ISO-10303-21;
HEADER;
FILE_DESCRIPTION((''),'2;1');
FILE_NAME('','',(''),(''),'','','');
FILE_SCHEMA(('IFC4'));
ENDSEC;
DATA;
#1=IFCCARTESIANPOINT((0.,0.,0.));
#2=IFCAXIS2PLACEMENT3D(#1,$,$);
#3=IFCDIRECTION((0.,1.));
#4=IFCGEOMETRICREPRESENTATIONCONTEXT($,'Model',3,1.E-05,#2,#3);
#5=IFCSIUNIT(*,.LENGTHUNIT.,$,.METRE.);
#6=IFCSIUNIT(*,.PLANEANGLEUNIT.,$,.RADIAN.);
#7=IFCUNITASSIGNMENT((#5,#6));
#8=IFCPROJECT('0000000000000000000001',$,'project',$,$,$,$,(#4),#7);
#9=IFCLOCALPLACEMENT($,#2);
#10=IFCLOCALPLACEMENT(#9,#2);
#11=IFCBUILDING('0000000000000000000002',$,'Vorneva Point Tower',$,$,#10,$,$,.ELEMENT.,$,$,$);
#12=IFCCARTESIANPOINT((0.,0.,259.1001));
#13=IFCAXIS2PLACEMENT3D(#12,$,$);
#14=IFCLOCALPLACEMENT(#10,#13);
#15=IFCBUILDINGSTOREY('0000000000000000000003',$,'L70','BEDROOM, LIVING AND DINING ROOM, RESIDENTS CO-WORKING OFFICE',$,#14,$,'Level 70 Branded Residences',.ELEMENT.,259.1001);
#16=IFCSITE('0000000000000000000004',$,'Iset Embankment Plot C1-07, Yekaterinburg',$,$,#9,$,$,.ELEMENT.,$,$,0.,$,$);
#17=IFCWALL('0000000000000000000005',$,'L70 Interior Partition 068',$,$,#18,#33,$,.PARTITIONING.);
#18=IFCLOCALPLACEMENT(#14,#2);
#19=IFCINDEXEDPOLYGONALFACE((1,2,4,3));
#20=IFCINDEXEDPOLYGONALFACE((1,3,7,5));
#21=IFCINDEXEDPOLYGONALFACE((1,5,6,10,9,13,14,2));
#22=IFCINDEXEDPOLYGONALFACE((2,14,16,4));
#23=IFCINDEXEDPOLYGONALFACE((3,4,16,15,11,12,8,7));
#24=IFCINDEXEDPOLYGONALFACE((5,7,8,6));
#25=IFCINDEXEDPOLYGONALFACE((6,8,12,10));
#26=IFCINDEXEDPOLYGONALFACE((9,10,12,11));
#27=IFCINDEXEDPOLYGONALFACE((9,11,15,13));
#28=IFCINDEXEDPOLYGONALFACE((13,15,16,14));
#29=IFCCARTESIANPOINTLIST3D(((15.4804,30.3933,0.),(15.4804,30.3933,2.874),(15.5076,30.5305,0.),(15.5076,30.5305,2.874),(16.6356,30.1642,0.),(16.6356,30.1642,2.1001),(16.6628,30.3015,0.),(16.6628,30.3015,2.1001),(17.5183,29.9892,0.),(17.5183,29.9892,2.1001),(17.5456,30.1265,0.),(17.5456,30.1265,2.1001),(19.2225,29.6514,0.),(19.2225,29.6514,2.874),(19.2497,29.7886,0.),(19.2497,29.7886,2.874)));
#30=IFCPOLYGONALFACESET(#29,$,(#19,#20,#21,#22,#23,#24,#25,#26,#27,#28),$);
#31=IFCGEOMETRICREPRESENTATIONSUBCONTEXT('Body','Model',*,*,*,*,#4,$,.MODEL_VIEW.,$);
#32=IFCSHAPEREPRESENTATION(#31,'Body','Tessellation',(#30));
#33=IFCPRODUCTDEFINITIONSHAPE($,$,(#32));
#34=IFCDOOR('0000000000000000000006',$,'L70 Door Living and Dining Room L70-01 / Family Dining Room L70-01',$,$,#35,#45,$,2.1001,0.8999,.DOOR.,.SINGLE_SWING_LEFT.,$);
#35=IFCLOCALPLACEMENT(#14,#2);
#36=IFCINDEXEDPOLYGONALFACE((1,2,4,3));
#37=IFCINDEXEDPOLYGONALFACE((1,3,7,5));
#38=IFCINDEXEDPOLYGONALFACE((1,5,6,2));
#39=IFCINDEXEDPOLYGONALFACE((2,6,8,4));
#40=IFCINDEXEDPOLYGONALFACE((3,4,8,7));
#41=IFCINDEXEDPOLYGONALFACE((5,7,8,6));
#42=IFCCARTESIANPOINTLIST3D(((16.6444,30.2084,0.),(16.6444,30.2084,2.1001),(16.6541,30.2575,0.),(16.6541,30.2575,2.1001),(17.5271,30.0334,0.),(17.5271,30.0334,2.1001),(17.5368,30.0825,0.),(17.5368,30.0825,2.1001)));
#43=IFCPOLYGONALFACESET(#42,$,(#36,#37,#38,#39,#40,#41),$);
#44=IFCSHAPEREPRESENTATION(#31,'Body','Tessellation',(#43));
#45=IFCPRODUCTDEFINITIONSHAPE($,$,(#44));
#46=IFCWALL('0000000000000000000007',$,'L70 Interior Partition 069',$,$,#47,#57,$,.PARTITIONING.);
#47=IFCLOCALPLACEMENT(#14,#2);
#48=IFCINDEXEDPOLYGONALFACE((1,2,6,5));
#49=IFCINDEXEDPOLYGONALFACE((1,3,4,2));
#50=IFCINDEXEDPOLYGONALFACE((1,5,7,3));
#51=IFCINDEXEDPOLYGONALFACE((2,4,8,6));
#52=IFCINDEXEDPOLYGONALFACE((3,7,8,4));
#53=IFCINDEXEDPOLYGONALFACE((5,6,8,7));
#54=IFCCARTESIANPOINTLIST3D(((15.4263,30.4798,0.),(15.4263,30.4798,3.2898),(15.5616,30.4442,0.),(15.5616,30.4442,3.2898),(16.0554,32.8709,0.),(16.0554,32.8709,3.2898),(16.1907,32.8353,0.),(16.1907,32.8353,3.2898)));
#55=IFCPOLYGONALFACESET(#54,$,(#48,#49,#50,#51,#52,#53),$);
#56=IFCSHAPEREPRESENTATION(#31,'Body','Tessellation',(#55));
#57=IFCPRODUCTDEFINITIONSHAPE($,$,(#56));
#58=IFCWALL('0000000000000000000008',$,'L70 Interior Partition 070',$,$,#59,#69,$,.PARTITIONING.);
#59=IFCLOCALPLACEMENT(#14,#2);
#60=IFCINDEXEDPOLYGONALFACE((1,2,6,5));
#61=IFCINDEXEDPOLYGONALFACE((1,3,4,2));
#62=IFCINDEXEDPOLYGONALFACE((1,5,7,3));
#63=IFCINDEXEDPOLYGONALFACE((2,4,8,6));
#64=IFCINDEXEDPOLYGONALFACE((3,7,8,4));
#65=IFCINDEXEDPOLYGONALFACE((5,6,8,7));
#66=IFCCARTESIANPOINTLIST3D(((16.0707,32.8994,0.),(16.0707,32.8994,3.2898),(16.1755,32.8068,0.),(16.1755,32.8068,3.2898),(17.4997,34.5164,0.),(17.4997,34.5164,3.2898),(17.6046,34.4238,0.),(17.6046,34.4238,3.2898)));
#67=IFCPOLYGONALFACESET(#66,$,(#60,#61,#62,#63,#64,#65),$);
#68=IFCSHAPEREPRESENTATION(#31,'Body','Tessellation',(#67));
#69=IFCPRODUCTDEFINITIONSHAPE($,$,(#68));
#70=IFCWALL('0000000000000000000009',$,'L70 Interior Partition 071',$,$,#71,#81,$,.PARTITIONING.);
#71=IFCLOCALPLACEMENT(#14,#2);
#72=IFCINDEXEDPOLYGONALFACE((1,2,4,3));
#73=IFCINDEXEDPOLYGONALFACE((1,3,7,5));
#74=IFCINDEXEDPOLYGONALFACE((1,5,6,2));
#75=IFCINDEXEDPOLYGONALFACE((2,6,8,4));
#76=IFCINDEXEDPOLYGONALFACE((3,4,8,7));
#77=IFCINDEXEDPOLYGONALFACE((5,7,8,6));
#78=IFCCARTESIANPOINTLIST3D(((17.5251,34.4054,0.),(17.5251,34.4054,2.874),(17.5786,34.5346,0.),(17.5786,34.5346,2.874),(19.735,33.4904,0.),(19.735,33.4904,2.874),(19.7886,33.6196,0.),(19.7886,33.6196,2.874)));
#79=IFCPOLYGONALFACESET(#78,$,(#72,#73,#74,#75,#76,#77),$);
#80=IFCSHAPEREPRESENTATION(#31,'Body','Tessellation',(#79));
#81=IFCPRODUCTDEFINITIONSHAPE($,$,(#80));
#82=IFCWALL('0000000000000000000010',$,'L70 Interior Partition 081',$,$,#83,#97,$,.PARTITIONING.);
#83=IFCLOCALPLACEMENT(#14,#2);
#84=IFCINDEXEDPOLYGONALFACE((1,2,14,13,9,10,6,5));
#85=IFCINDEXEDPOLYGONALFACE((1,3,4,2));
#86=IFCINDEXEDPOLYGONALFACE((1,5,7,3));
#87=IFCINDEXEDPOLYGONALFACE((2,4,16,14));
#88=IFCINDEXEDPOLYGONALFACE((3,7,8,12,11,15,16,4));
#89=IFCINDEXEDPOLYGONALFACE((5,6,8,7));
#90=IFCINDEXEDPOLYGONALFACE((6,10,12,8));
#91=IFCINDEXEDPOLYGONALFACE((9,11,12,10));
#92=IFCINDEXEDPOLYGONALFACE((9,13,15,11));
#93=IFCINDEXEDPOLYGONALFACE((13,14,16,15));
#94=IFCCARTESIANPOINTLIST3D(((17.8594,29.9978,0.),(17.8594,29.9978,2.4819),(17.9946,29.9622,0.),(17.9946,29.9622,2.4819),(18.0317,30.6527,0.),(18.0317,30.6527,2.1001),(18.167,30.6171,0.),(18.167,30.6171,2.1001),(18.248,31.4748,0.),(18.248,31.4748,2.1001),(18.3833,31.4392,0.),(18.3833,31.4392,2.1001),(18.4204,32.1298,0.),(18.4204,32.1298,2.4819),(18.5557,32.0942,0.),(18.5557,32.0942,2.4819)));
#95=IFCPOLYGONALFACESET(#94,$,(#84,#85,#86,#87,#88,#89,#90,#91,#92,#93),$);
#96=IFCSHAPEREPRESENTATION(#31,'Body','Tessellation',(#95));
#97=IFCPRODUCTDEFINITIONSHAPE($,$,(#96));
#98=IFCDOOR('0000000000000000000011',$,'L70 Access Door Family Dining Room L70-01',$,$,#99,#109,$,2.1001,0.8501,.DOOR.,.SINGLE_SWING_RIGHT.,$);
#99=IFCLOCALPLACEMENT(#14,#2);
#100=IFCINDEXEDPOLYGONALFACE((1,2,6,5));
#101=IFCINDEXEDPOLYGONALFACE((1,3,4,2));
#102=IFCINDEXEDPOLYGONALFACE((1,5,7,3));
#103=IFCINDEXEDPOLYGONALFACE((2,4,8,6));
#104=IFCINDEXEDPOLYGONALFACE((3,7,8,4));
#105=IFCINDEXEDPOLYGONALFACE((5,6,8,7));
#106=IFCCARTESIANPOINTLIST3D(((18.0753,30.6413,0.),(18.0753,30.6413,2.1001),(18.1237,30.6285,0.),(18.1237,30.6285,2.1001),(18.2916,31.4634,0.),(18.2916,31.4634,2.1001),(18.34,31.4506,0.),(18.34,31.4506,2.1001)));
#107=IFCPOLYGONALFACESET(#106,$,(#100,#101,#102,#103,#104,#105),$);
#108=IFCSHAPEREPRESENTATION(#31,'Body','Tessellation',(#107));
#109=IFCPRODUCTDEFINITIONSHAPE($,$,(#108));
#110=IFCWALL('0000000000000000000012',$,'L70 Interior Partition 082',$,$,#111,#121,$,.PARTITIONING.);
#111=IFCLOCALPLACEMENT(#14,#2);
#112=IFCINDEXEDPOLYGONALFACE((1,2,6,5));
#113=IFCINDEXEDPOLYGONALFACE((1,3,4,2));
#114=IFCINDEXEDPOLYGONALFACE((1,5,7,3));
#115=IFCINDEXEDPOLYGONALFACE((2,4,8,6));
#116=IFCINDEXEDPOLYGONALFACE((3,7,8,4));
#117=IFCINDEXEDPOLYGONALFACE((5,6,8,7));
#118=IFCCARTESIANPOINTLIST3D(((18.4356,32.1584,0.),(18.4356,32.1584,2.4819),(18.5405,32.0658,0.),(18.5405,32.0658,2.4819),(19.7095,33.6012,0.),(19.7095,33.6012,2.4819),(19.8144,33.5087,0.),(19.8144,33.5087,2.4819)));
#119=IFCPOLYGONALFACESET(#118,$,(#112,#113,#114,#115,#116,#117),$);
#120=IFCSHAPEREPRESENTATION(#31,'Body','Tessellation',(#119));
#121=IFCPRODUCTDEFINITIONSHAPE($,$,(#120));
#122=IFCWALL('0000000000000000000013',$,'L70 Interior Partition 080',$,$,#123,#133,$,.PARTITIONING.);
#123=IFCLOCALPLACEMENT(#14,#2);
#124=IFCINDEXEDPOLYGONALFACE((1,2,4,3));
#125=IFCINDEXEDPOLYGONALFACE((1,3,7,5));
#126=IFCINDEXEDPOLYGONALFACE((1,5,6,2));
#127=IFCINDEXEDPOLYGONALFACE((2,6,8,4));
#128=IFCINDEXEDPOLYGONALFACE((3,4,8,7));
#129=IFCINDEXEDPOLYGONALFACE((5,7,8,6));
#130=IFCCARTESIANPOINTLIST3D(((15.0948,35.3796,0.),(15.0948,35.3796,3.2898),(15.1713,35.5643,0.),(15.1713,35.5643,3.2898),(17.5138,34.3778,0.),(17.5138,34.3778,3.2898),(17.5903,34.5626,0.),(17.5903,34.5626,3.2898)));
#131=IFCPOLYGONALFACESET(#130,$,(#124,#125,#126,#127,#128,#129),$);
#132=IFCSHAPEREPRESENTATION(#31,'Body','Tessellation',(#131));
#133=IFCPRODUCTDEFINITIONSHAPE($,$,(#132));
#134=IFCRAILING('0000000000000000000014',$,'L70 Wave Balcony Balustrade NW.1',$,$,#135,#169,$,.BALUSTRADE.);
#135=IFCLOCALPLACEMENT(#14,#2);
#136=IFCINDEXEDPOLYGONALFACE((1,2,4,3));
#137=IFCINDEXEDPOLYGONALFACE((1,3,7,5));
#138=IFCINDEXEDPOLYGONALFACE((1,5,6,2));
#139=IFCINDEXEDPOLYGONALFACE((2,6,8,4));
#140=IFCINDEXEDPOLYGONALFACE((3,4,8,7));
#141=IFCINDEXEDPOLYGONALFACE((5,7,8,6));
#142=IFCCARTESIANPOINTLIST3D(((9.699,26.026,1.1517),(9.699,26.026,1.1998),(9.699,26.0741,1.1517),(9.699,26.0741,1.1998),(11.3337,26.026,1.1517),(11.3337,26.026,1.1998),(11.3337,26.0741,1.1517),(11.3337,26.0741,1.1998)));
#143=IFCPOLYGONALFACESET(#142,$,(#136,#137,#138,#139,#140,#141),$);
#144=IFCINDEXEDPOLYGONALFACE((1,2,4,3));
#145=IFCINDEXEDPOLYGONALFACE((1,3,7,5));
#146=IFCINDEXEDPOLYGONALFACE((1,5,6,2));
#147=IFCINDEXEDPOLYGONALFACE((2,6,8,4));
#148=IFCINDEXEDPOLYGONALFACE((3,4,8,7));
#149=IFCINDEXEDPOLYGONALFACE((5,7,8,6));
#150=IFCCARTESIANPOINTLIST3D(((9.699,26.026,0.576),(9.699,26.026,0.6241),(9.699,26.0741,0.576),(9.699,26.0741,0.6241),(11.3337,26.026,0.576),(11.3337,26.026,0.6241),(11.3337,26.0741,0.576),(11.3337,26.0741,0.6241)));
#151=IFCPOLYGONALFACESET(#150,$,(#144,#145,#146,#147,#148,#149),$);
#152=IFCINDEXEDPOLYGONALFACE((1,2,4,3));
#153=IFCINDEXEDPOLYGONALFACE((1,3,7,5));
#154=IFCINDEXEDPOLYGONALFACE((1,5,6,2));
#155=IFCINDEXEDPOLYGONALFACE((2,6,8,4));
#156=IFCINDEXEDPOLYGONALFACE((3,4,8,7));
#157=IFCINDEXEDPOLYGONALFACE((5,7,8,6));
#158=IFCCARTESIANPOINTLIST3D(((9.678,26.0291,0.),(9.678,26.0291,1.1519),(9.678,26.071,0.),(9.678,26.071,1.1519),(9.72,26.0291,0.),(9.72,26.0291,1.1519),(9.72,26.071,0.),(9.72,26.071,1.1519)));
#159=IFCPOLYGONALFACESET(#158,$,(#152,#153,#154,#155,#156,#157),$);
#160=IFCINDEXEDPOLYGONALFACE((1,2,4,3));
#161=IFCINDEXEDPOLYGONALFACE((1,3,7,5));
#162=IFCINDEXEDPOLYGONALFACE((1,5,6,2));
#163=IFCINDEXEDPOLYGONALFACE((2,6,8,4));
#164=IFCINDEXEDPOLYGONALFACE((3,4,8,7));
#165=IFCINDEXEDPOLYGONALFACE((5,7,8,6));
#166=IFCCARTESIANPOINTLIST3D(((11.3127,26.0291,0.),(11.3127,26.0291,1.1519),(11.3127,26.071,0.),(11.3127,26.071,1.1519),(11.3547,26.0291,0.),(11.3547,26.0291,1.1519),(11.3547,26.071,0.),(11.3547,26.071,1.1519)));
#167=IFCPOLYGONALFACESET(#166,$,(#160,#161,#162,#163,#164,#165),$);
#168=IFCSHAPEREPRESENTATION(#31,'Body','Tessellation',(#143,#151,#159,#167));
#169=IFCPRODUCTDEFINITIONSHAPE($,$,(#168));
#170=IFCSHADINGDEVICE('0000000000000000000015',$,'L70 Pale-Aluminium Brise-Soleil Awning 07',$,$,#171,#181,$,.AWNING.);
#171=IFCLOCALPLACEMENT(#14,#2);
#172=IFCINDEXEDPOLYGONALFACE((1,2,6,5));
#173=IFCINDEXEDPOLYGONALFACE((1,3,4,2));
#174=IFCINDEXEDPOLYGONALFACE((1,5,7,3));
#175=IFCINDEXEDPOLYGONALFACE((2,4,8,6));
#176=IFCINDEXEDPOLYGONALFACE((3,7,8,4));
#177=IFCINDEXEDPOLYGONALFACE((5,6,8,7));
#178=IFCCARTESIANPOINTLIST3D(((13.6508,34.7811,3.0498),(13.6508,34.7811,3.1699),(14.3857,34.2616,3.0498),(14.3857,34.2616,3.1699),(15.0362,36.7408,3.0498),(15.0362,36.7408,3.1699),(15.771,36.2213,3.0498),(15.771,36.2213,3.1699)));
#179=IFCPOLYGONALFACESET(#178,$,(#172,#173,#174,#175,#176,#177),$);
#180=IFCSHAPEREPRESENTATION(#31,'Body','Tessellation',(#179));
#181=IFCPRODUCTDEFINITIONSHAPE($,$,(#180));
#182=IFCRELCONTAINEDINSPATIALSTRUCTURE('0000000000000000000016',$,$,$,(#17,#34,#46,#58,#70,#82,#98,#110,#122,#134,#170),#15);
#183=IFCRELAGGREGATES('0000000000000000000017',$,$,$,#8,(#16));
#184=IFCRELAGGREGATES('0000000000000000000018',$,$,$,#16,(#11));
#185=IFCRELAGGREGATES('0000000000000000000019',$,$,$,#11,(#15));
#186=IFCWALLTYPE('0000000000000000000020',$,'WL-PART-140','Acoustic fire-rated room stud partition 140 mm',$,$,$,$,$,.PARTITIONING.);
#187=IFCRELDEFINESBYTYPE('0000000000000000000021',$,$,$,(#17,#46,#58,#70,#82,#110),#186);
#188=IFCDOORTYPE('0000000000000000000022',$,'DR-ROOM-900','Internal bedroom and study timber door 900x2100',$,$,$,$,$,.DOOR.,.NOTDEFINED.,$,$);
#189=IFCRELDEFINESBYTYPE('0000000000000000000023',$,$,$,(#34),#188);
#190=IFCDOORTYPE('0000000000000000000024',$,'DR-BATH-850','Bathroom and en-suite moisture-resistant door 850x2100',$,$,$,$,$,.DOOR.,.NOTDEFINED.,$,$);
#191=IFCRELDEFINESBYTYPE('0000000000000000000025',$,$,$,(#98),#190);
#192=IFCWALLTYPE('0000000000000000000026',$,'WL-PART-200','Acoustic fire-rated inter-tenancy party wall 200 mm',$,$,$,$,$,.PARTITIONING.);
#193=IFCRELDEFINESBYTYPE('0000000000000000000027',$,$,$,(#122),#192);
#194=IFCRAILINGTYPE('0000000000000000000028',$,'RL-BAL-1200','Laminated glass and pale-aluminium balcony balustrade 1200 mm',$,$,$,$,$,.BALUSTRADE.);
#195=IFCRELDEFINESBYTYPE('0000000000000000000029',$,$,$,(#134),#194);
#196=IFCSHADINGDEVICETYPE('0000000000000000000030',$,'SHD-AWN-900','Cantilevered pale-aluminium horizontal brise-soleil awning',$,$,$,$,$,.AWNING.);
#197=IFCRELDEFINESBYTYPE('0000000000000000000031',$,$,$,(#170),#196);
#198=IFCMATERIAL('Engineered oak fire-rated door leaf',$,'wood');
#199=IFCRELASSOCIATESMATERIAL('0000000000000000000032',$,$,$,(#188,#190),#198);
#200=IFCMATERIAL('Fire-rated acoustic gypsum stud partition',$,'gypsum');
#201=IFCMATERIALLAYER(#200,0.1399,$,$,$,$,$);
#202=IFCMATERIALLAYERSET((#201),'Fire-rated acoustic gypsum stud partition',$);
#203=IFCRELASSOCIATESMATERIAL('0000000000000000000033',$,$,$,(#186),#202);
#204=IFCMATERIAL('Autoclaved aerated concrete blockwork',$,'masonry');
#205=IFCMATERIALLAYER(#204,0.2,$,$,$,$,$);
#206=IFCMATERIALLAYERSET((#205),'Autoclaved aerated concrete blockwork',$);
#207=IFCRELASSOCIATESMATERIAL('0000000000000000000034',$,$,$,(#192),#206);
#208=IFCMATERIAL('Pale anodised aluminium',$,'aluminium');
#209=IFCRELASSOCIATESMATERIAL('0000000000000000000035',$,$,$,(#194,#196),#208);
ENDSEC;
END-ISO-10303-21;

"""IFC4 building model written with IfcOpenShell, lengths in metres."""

from ifc_helpers import new_model, si_unit, direction, frame, frame_2d, origin, origin_2d, place, context, subcontext, project, spatial, rectangle, extrude, material, layer, layer_set, type_object, element, fill, save


model = new_model("IFC4")

# Units and contexts
model_context = context("Model", 3, precision=1e-05, world=origin(), true_north=direction((0.0, 1.0)))
body_context = subcontext(model_context, "Body", "Model", "MODEL_VIEW")
ifc_project = project(units=[si_unit("LENGTHUNIT", "METRE"), si_unit("PLANEANGLEUNIT", "RADIAN")], contexts=[model_context])

# Site, building, storey
site_placement = place(None, origin())
site = spatial("IfcSite", under=ifc_project, at=site_placement, Name="Iset Embankment Plot C1-07, Yekaterinburg", CompositionType="ELEMENT", RefElevation=0.0)
building_placement = place(site_placement, origin())
building = spatial("IfcBuilding", under=site, at=building_placement, Name="Vorneva Point Tower", CompositionType="ELEMENT")
storey_placement = place(building_placement, frame((0.0, 0.0, 259.1001)))
storey = spatial("IfcBuildingStorey", under=building, at=storey_placement, Name="L70", Description="BEDROOM, LIVING AND DINING ROOM, RESIDENTS CO-WORKING OFFICE", LongName="Level 70 Branded Residences", CompositionType="ELEMENT", Elevation=259.1001)

# Shared definitions
ifc_material_1 = material(Name="Pale anodised aluminium", Category="aluminium")

# Shared definitions
ifc_material_2 = material(Name="Fire-rated acoustic gypsum stud partition", Category="gypsum")

# Shared definitions
ifc_material_3 = material(Name="Engineered oak fire-rated door leaf", Category="wood")
door_type_1 = type_object("IfcDoorType", Name="DR-ROOM-900", Description="Internal bedroom and study timber door 900x2100", OperationType="NOTDEFINED", PredefinedType="DOOR", material=ifc_material_3)

# Wall, opening, door
ifc_layer_1 = layer(ifc_material_2, 0.1399)
ifc_layer_set_1 = layer_set([ifc_layer_1], Name="Fire-rated acoustic gypsum stud partition")
wall_type_1 = type_object("IfcWallType", Name="WL-PART-140", Description="Acoustic fire-rated room stud partition 140 mm", PredefinedType="PARTITIONING", material=ifc_layer_set_1)
wall_1_placement = place(storey_placement, frame((19.2361, 29.72, 0.0), z_axis=(0.0, 0.0, 1.0), x_axis=(-0.980907, 0.194479, 0.0)))
wall_1 = element("IfcWall", 1, at=wall_1_placement, inside=storey, type_object=wall_type_1, Name="L70 Interior Partition 068", PredefinedType="PARTITIONING", context=body_context, shape_type="SweptSolid", body=[
    extrude(rectangle(XDim=3.8149, YDim=0.1399, at=frame_2d((1.9075, 0.0))), origin(), (0.0, 0.0, 1.0), 2.874),
])
opening_1_placement = place(wall_1_placement, frame((1.7373, 0.0, 0.0)))
opening_1 = element("IfcOpeningElement", 2, at=opening_1_placement, cuts=wall_1, PredefinedType="OPENING", context=body_context, shape_type="SweptSolid", body=[
    extrude(rectangle(XDim=0.8999, YDim=2.1001, at=frame_2d((0.45, 1.05))), frame((0.0, 0.085, 0.0), z_axis=(0.0, -1.0, 0.0), x_axis=(1.0, 0.0, 0.0)), (0.0, 0.0, 1.0), 0.1697),
])
door_1_placement = place(opening_1_placement, origin())
door_1 = element("IfcDoor", 3, at=door_1_placement, inside=storey, type_object=door_type_1, Name="L70 Door Living and Dining Room L70-01 / Family Dining Room L70-01", OperationType="SINGLE_SWING_LEFT", OverallHeight=2.1001, OverallWidth=0.8999, PredefinedType="DOOR", context=body_context, shape_type="SweptSolid", body=[
    extrude(rectangle(XDim=0.8999, YDim=2.1001, at=frame_2d((0.45, 1.05))), frame((0.0, 0.0249, 0.0), z_axis=(0.0, -1.0, 0.0), x_axis=(1.0, 0.0, 0.0)), (0.0, 0.0, 1.0), 0.05),
])
fill(opening_1, door_1)

# Walls
wall_2_placement = place(storey_placement, frame((15.4939, 30.4619, 0.0), z_axis=(0.0, 0.0, 1.0), x_axis=(0.254459, 0.967083, 0.0)))
element("IfcWall", 4, at=wall_2_placement, inside=storey, type_object=wall_type_1, Name="L70 Interior Partition 069", PredefinedType="PARTITIONING", context=body_context, shape_type="SweptSolid", body=[
    extrude(rectangle(XDim=2.4724, YDim=0.1399, at=frame_2d((1.2363, 0.0))), origin(), (0.0, 0.0, 1.0), 3.2898),
])
wall_3_placement = place(storey_placement, frame((16.123, 32.853, 0.0), z_axis=(0.0, 0.0, 1.0), x_axis=(0.662205, 0.749323, 0.0)))
element("IfcWall", 5, at=wall_3_placement, inside=storey, type_object=wall_type_1, Name="L70 Interior Partition 070", PredefinedType="PARTITIONING", context=body_context, shape_type="SweptSolid", body=[
    extrude(rectangle(XDim=2.158, YDim=0.1399, at=frame_2d((1.0791, 0.0))), origin(), (0.0, 0.0, 1.0), 3.2898),
])
wall_4_placement = place(storey_placement, frame((17.552, 34.47, 0.0), z_axis=(0.0, 0.0, 1.0), x_axis=(0.923932, -0.382556, 0.0)))
element("IfcWall", 6, at=wall_4_placement, inside=storey, type_object=wall_type_1, Name="L70 Interior Partition 071", PredefinedType="PARTITIONING", context=body_context, shape_type="SweptSolid", body=[
    extrude(rectangle(XDim=2.3918, YDim=0.1399, at=frame_2d((1.1958, 0.0))), origin(), (0.0, 0.0, 1.0), 2.874),
])

# Wall, opening, door
wall_5_placement = place(storey_placement, frame((17.927, 29.98, 0.0), z_axis=(0.0, 0.0, 1.0), x_axis=(0.254477, 0.967079, 0.0)))
wall_5 = element("IfcWall", 7, at=wall_5_placement, inside=storey, type_object=wall_type_1, Name="L70 Interior Partition 081", PredefinedType="PARTITIONING", context=body_context, shape_type="SweptSolid", body=[
    extrude(rectangle(XDim=2.2046, YDim=0.1399, at=frame_2d((1.1023, 0.0))), origin(), (0.0, 0.0, 1.0), 2.4819),
])
opening_2_placement = place(wall_5_placement, frame((0.6772, 0.0, 0.0)))
opening_2 = element("IfcOpeningElement", 8, at=opening_2_placement, cuts=wall_5, PredefinedType="OPENING", context=body_context, shape_type="SweptSolid", body=[
    extrude(rectangle(XDim=0.8501, YDim=2.1001, at=frame_2d((0.425, 1.05))), frame((0.0, 0.085, 0.0), z_axis=(0.0, -1.0, 0.0), x_axis=(1.0, 0.0, 0.0)), (0.0, 0.0, 1.0), 0.1697),
])
door_type_2 = type_object("IfcDoorType", Name="DR-BATH-850", Description="Bathroom and en-suite moisture-resistant door 850x2100", OperationType="NOTDEFINED", PredefinedType="DOOR", material=ifc_material_3)
door_2_placement = place(opening_2_placement, origin())
door_2 = element("IfcDoor", 9, at=door_2_placement, inside=storey, type_object=door_type_2, Name="L70 Access Door Family Dining Room L70-01", OperationType="SINGLE_SWING_RIGHT", OverallHeight=2.1001, OverallWidth=0.8501, PredefinedType="DOOR", context=body_context, shape_type="SweptSolid", body=[
    extrude(rectangle(XDim=0.8501, YDim=2.1001, at=frame_2d((0.425, 1.05))), frame((0.0, 0.0249, 0.0), z_axis=(0.0, -1.0, 0.0), x_axis=(1.0, 0.0, 0.0)), (0.0, 0.0, 1.0), 0.05),
])
fill(opening_2, door_2)

# Walls
wall_6_placement = place(storey_placement, frame((18.488, 32.1121, 0.0), z_axis=(0.0, 0.0, 1.0), x_axis=(0.661857, 0.749631, 0.0)))
element("IfcWall", 10, at=wall_6_placement, inside=storey, type_object=wall_type_1, Name="L70 Interior Partition 082", PredefinedType="PARTITIONING", context=body_context, shape_type="SweptSolid", body=[
    extrude(rectangle(XDim=1.9248, YDim=0.1399, at=frame_2d((0.9624, 0.0))), origin(), (0.0, 0.0, 1.0), 2.4819),
])
ifc_material_4 = material(Name="Autoclaved aerated concrete blockwork", Category="masonry")
ifc_layer_2 = layer(ifc_material_4, 0.2)
ifc_layer_set_2 = layer_set([ifc_layer_2], Name="Autoclaved aerated concrete blockwork")
wall_type_2 = type_object("IfcWallType", Name="WL-PART-200", Description="Acoustic fire-rated inter-tenancy party wall 200 mm", PredefinedType="PARTITIONING", material=ifc_layer_set_2)
wall_7_placement = place(storey_placement, frame((17.552, 34.4702, 0.0), z_axis=(0.0, 0.0, 1.0), x_axis=(-0.923913, 0.382602, 0.0)))
element("IfcWall", 11, at=wall_7_placement, inside=storey, type_object=wall_type_2, Name="L70 Interior Partition 080", PredefinedType="PARTITIONING", context=body_context, shape_type="SweptSolid", body=[
    extrude(rectangle(XDim=2.6182, YDim=0.2, at=frame_2d((1.3091, 0.0))), origin(), (0.0, 0.0, 1.0), 3.2898),
])

# Railing
railing_type = type_object("IfcRailingType", Name="RL-BAL-1200", Description="Laminated glass and pale-aluminium balcony balustrade 1200 mm", PredefinedType="BALUSTRADE", material=ifc_material_1)
railing_placement = place(storey_placement, frame((9.699, 26.05, 0.0)))
element("IfcRailing", 12, at=railing_placement, inside=storey, type_object=railing_type, Name="L70 Wave Balcony Balustrade NW.1", PredefinedType="BALUSTRADE", context=body_context, shape_type="SweptSolid", body=[
    extrude(rectangle(XDim=0.0481, YDim=0.0481, at=origin_2d()), frame((0.0, 0.0, 1.1758), z_axis=(1.0, 0.0, 0.0), x_axis=(0.0, 1.0, 0.0)), (0.0, 0.0, 1.0), 1.6348),
    extrude(rectangle(XDim=0.0481, YDim=0.0481, at=origin_2d()), frame((0.0, 0.0, 0.6001), z_axis=(1.0, 0.0, 0.0), x_axis=(0.0, 1.0, 0.0)), (0.0, 0.0, 1.0), 1.6348),
    extrude(rectangle(XDim=0.042, YDim=0.042, at=origin_2d()), origin(), (0.0, 0.0, 1.0), 1.1519),
    extrude(rectangle(XDim=0.042, YDim=0.042, at=origin_2d()), frame((1.6348, 0.0, 0.0)), (0.0, 0.0, 1.0), 1.1519),
])

# Shading device
shading_device_type = type_object("IfcShadingDeviceType", Name="SHD-AWN-900", Description="Cantilevered pale-aluminium horizontal brise-soleil awning", PredefinedType="AWNING", material=ifc_material_1)
shading_device_placement = place(storey_placement, frame((14.7109, 35.5012, 3.0498), z_axis=(0.0, 0.0, 1.0), x_axis=(-0.577259, -0.816561, 0.0)))
element("IfcShadingDevice", 13, at=shading_device_placement, inside=storey, type_object=shading_device_type, Name="L70 Pale-Aluminium Brise-Soleil Awning 07", PredefinedType="AWNING", context=body_context, shape_type="SweptSolid", body=[
    extrude(rectangle(XDim=2.3999, YDim=0.8999, at=origin_2d()), origin(), (0.0, 0.0, 1.0), 0.1201),
])

save(model, "model.ifc")
